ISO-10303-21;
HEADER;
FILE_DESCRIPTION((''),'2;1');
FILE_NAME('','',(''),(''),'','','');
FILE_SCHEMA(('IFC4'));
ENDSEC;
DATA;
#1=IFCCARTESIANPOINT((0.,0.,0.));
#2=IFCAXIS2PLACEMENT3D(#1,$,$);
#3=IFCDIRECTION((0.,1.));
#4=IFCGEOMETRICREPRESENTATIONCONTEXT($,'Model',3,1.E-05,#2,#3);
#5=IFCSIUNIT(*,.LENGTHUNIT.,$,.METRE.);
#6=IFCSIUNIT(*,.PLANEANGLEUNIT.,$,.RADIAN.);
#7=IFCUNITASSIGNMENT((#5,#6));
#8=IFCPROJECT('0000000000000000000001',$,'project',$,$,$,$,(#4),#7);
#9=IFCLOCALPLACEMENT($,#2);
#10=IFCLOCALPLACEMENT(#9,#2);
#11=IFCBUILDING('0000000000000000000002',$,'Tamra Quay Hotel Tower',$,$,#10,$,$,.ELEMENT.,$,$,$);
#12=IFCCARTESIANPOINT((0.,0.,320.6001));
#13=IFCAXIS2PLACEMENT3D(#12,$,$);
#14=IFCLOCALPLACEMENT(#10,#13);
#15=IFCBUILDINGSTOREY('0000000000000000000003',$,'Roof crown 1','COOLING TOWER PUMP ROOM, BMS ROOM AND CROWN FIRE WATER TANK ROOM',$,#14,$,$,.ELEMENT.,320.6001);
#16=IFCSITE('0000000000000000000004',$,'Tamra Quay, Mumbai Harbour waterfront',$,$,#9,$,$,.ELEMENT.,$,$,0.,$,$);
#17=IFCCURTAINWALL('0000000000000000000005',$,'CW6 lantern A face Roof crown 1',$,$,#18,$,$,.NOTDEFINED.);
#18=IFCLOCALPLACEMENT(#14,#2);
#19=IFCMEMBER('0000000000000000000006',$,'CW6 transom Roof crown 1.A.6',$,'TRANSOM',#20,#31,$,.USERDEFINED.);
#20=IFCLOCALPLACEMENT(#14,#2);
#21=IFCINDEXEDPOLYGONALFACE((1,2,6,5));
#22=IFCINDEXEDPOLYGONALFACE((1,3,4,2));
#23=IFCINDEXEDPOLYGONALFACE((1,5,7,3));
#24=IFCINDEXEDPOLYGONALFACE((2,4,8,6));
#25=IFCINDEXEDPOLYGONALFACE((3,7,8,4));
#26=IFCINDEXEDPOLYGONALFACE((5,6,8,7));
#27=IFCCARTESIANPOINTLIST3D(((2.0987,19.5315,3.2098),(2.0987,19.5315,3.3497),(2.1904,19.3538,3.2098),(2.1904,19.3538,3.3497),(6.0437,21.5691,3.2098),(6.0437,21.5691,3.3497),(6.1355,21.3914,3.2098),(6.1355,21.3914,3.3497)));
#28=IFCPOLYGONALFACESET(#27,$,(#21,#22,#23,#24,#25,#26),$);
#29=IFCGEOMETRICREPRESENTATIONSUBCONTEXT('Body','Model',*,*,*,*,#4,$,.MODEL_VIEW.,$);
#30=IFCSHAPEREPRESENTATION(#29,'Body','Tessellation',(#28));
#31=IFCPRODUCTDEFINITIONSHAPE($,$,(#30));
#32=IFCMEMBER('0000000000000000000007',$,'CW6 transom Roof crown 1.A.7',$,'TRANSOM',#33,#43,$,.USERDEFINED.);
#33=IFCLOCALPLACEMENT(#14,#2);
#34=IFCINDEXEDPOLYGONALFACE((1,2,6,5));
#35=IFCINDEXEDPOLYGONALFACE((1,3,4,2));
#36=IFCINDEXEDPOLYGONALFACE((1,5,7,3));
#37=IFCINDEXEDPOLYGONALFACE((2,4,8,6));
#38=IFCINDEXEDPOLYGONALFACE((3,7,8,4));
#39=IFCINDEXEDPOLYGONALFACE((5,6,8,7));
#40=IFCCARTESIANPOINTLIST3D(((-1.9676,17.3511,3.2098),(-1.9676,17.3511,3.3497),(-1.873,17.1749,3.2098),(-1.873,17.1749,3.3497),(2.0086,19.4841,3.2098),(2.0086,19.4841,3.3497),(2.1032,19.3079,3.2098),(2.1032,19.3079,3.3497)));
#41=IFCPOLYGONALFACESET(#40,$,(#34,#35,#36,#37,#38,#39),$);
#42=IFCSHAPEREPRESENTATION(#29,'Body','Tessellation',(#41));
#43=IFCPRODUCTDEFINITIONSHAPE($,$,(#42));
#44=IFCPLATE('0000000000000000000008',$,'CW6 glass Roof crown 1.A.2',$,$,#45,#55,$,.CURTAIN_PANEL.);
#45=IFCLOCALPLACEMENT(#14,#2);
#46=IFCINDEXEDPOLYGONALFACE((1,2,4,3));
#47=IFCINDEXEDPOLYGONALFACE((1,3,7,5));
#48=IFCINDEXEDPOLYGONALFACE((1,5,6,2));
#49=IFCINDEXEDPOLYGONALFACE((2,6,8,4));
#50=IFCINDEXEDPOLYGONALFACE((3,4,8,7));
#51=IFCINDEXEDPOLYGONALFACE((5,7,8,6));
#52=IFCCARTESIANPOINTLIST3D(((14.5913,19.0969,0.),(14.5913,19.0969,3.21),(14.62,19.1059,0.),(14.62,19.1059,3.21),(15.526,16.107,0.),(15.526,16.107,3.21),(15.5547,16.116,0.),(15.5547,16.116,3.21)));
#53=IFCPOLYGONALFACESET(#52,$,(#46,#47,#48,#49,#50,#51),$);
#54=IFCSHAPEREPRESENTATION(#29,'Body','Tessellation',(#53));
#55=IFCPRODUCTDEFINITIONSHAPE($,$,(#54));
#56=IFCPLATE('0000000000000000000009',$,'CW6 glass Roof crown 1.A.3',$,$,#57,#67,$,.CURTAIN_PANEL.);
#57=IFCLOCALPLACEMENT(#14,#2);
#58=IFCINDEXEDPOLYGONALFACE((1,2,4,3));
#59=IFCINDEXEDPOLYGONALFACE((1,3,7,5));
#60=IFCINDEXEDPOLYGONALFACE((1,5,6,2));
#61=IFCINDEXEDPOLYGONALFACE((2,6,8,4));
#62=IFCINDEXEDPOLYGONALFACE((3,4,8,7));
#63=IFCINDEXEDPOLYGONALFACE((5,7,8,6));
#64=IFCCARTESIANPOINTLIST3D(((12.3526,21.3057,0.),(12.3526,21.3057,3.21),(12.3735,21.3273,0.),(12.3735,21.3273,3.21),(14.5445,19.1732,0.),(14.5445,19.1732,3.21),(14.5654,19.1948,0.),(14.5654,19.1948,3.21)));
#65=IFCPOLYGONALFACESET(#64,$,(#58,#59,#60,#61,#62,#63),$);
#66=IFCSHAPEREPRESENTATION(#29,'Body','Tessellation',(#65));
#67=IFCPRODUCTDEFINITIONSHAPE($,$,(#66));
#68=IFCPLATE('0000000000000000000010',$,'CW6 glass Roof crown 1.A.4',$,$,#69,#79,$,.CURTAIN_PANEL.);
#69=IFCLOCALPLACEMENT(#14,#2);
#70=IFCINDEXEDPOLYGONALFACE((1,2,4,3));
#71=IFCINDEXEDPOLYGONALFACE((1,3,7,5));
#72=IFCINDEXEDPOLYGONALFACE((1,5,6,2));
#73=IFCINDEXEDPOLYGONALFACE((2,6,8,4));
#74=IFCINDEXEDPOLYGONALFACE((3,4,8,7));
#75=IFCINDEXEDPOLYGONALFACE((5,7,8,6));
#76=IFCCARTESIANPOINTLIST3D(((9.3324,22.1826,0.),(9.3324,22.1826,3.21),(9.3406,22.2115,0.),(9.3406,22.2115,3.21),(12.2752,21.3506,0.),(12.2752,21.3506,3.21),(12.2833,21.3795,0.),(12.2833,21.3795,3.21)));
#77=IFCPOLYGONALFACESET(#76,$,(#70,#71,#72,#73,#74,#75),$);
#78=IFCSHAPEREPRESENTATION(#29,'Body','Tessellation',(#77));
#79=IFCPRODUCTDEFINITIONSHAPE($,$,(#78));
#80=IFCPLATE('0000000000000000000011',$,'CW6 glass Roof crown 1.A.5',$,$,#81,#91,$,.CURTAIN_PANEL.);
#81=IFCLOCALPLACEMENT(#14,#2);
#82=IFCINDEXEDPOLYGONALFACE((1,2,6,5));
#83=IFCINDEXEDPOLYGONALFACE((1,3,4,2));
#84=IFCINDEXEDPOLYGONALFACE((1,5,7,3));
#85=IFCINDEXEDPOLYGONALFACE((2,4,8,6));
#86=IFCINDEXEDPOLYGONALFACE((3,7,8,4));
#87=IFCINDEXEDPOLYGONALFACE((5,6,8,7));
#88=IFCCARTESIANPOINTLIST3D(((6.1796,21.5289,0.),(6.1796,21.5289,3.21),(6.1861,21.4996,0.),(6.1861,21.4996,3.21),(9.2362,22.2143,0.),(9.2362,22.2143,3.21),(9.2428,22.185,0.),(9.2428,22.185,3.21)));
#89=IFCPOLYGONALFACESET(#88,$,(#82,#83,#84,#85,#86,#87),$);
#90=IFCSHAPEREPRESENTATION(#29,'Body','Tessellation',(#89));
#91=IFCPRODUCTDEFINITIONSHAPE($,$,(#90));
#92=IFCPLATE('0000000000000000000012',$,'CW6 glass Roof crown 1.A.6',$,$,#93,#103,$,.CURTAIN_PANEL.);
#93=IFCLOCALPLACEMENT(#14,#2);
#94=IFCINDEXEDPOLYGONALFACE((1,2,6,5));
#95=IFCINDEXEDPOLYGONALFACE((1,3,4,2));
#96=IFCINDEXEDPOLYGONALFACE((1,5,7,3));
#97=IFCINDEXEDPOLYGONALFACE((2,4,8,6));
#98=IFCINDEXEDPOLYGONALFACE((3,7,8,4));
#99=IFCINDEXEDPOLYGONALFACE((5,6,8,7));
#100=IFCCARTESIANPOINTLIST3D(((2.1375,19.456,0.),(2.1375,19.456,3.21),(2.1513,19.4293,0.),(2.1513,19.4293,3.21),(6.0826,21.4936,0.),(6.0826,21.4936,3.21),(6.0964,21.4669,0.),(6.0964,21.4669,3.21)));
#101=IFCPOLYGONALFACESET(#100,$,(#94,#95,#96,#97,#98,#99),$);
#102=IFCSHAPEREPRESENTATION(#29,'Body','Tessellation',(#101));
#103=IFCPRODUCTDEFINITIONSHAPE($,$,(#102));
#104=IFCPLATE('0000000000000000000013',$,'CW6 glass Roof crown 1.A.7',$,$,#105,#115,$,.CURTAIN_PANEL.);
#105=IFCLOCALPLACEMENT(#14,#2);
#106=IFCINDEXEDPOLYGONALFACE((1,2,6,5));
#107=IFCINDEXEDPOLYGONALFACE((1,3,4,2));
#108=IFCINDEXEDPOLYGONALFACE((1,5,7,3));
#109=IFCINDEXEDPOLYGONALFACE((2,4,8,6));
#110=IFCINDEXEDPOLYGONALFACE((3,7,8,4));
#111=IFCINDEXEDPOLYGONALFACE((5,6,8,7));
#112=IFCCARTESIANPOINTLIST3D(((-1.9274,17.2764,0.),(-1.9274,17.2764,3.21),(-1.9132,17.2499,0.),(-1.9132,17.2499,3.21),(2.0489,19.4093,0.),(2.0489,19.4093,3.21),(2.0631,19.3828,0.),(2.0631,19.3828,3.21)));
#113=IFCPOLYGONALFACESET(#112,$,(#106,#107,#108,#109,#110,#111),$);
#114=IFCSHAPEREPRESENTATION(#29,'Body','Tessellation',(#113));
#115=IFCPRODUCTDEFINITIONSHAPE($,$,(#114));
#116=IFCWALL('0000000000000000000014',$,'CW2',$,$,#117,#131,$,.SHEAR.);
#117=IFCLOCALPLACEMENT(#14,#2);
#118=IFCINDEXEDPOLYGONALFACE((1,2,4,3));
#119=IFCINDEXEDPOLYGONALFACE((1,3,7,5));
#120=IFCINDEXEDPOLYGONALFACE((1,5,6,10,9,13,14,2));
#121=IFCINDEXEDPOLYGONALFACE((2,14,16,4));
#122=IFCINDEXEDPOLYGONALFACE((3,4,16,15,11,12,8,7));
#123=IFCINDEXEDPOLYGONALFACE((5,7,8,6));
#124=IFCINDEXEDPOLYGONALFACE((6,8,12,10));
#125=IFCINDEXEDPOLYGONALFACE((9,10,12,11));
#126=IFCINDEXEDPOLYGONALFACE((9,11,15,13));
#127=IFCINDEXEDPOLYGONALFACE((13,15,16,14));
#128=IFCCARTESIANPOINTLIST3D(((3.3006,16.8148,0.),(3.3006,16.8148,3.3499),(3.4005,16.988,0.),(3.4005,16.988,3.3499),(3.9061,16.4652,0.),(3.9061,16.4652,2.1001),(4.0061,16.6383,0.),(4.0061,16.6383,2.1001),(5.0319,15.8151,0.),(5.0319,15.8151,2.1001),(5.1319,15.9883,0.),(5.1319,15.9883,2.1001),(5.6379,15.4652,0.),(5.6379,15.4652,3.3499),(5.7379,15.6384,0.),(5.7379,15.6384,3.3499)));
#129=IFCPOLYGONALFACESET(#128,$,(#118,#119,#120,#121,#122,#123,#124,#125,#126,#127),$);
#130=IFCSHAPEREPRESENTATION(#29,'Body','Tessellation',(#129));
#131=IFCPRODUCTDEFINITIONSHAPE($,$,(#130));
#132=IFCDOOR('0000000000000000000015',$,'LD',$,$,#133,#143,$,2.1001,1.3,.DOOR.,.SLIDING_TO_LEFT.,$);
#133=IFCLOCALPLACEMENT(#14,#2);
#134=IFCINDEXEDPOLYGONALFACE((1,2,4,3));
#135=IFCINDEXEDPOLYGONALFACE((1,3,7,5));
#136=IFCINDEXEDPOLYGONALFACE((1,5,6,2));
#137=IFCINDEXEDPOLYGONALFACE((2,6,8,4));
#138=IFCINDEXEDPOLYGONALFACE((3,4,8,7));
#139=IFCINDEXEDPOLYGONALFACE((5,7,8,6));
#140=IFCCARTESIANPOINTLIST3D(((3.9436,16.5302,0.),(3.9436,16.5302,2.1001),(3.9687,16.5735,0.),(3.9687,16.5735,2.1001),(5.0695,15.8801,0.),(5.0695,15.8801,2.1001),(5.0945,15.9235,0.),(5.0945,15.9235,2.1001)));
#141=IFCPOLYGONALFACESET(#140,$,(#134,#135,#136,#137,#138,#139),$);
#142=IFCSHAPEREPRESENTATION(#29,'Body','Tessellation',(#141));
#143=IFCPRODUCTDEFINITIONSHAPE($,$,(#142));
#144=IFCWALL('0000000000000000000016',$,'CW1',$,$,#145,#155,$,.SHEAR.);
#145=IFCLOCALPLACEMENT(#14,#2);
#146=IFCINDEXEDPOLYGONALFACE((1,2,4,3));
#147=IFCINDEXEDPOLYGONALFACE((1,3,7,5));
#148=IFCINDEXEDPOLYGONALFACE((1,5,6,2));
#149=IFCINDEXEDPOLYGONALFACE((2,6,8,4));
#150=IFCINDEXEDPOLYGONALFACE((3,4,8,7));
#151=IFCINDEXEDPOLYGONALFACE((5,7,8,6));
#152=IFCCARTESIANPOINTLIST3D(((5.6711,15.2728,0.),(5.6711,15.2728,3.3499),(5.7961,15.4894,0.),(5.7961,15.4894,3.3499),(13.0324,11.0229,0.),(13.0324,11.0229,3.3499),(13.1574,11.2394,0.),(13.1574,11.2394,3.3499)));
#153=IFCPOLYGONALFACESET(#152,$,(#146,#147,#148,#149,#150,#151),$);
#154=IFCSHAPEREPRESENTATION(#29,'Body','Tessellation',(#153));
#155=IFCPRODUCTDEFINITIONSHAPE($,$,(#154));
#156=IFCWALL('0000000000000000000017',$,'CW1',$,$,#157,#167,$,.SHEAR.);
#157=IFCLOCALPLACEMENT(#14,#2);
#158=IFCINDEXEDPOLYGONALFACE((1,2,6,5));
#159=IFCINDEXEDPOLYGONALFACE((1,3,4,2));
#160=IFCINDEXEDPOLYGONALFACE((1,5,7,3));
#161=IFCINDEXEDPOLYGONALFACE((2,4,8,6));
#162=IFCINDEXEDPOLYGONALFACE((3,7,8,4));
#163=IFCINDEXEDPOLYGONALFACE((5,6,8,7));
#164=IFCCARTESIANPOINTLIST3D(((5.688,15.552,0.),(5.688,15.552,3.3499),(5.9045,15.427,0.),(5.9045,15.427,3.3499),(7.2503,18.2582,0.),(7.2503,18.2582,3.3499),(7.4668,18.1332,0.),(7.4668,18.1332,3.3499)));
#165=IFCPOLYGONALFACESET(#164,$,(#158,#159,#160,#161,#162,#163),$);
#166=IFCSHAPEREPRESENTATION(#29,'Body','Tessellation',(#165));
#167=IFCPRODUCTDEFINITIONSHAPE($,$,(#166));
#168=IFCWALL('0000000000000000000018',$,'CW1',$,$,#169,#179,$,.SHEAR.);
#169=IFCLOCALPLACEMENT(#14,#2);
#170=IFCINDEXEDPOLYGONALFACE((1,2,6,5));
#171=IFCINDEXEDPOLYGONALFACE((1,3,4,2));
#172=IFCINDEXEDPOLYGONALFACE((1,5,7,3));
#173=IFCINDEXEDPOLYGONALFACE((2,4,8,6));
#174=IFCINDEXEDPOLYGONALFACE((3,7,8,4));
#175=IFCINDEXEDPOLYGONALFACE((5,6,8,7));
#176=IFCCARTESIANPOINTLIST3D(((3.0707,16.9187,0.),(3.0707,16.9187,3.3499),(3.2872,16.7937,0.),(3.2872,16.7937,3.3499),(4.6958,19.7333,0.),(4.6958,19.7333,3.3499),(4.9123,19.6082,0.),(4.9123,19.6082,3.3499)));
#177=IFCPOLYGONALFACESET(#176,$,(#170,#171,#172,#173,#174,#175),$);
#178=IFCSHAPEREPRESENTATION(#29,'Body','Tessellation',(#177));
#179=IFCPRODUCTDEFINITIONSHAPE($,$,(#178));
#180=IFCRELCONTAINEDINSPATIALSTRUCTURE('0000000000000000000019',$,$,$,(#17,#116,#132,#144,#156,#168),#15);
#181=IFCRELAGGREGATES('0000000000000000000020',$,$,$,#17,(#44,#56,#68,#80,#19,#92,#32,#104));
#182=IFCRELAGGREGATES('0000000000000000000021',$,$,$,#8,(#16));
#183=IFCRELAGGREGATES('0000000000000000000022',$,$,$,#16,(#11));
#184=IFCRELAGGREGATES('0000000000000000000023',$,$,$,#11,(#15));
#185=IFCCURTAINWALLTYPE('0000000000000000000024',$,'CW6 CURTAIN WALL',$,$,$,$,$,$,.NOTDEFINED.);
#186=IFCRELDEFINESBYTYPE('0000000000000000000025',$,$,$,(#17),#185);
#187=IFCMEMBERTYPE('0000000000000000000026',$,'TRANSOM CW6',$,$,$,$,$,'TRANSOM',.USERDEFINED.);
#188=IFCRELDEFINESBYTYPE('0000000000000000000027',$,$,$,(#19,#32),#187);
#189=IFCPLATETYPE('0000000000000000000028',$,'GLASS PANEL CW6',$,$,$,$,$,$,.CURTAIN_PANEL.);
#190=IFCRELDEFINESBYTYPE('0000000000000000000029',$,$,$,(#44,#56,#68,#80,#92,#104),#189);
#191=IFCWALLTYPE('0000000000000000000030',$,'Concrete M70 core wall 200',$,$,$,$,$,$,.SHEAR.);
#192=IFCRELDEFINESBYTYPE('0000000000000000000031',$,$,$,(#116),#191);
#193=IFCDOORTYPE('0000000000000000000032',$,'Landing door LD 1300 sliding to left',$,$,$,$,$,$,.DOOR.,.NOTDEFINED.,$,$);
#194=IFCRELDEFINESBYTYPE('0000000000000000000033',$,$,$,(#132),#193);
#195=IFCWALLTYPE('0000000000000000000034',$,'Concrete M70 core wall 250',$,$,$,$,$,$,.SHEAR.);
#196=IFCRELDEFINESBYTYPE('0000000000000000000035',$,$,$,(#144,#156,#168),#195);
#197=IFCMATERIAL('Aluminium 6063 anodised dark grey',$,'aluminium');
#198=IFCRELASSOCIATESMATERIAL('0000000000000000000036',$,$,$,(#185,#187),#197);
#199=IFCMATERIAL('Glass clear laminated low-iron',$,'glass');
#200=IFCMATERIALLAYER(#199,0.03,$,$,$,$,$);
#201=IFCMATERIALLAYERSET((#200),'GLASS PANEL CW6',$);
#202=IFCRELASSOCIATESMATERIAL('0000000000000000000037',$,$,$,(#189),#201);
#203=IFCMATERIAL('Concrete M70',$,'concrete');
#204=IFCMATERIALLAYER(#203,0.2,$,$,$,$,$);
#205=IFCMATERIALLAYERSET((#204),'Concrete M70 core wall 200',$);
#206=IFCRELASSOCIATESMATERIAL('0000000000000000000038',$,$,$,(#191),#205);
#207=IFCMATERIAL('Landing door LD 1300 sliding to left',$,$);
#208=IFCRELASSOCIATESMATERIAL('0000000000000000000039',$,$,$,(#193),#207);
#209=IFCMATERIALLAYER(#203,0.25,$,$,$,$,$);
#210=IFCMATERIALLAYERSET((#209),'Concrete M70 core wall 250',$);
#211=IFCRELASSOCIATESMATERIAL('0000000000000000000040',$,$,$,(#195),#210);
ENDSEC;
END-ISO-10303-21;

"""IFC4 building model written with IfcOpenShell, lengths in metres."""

from ifc_helpers import new_model, si_unit, direction, frame, frame_2d, origin, origin_2d, place, context, subcontext, project, spatial, rectangle, extrude, material, layer, layer_set, material_profile, profile_set, type_object, element, fill, aggregate, save


model = new_model("IFC4")

# Units and contexts
model_context = context("Model", 3, precision=1e-05, world=origin(), true_north=direction((0.0, 1.0)))
body_context = subcontext(model_context, "Body", "Model", "MODEL_VIEW")
ifc_project = project(units=[si_unit("LENGTHUNIT", "METRE"), si_unit("PLANEANGLEUNIT", "RADIAN")], contexts=[model_context])

# Site, building, storey
site_placement = place(None, origin())
site = spatial("IfcSite", under=ifc_project, at=site_placement, Name="Tamra Quay, Mumbai Harbour waterfront", CompositionType="ELEMENT", RefElevation=0.0)
building_placement = place(site_placement, origin())
building = spatial("IfcBuilding", under=site, at=building_placement, Name="Tamra Quay Hotel Tower", CompositionType="ELEMENT")
storey_placement = place(building_placement, frame((0.0, 0.0, 320.6001)))
storey = spatial("IfcBuildingStorey", under=building, at=storey_placement, Name="Roof crown 1", Description="COOLING TOWER PUMP ROOM, BMS ROOM AND CROWN FIRE WATER TANK ROOM", CompositionType="ELEMENT", Elevation=320.6001)

# Curtain wall, members, plates
ifc_material_1 = material(Name="Aluminium 6063 anodised dark grey", Category="aluminium")
curtain_wall_type = type_object("IfcCurtainWallType", Name="CW6 CURTAIN WALL", PredefinedType="NOTDEFINED", material=ifc_material_1)
curtain_wall_placement = place(storey_placement, origin())
curtain_wall = element("IfcCurtainWall", 1, at=curtain_wall_placement, inside=storey, type_object=curtain_wall_type, Name="CW6 lantern A face Roof crown 1", PredefinedType="NOTDEFINED")
ifc_material_profile_1 = material_profile(ifc_material_1, rectangle(XDim=0.2, YDim=0.1399, at=origin_2d()), Name="TRANSOM 200X140")
ifc_profile_set_1 = profile_set([ifc_material_profile_1], Name="Aluminium 6063 anodised dark grey")
member_type_1 = type_object("IfcMemberType", Name="TRANSOM CW6", ElementType="TRANSOM", PredefinedType="USERDEFINED", material=ifc_profile_set_1)
member_1_placement = place(storey_placement, frame((6.0896, 21.4802, 3.2798), z_axis=(-0.888489, -0.458898, 0.0), x_axis=(0.458898, -0.888489, 0.0)))
member_1 = element("IfcMember", 2, at=member_1_placement, type_object=member_type_1, Name="CW6 transom Roof crown 1.A.6", ObjectType="TRANSOM", PredefinedType="USERDEFINED", context=body_context, shape_type="SweptSolid", body=[
    extrude(rectangle(XDim=0.2, YDim=0.1399, at=origin_2d()), origin(), (0.0, 0.0, 1.0), 4.4402),
])
member_2_placement = place(storey_placement, frame((2.0559, 19.396, 3.2798), z_axis=(-0.881214, -0.472718, 0.0), x_axis=(0.472718, -0.881214, 0.0)))
member_2 = element("IfcMember", 3, at=member_2_placement, type_object=member_type_1, Name="CW6 transom Roof crown 1.A.7", ObjectType="TRANSOM", PredefinedType="USERDEFINED", context=body_context, shape_type="SweptSolid", body=[
    extrude(rectangle(XDim=0.2, YDim=0.1399, at=origin_2d()), origin(), (0.0, 0.0, 1.0), 4.5122),
])
ifc_material_2 = material(Name="Glass clear laminated low-iron", Category="glass")
ifc_layer_1 = layer(ifc_material_2, 0.03)
ifc_layer_set_1 = layer_set([ifc_layer_1], Name="GLASS PANEL CW6")
plate_type = type_object("IfcPlateType", Name="GLASS PANEL CW6", PredefinedType="CURTAIN_PANEL", material=ifc_layer_set_1)
plate_1_placement = place(storey_placement, frame((15.073, 17.6064, 0.0), z_axis=(0.0, 0.0, 1.0), x_axis=(-0.298392, 0.954443, 0.0)))
plate_1 = element("IfcPlate", 4, at=plate_1_placement, type_object=plate_type, Name="CW6 glass Roof crown 1.A.2", PredefinedType="CURTAIN_PANEL", context=body_context, shape_type="SweptSolid", body=[
    extrude(rectangle(XDim=3.1326, YDim=0.03, at=origin_2d()), origin(), (0.0, 0.0, 1.0), 3.21),
])
plate_2_placement = place(storey_placement, frame((13.459, 20.2502, 0.0), z_axis=(0.0, 0.0, 1.0), x_axis=(-0.716753, 0.697327, 0.0)))
plate_2 = element("IfcPlate", 5, at=plate_2_placement, type_object=plate_type, Name="CW6 glass Roof crown 1.A.3", PredefinedType="CURTAIN_PANEL", context=body_context, shape_type="SweptSolid", body=[
    extrude(rectangle(XDim=3.0581, YDim=0.03, at=origin_2d()), origin(), (0.0, 0.0, 1.0), 3.21),
])
plate_3_placement = place(storey_placement, frame((10.8079, 21.781, 0.0), z_axis=(0.0, 0.0, 1.0), x_axis=(-0.96228, 0.272062, 0.0)))
plate_3 = element("IfcPlate", 6, at=plate_3_placement, type_object=plate_type, Name="CW6 glass Roof crown 1.A.4", PredefinedType="CURTAIN_PANEL", context=body_context, shape_type="SweptSolid", body=[
    extrude(rectangle(XDim=3.0581, YDim=0.03, at=origin_2d()), origin(), (0.0, 0.0, 1.0), 3.21),
])
plate_4_placement = place(storey_placement, frame((7.7112, 21.8569, 0.0), z_axis=(0.0, 0.0, 1.0), x_axis=(-0.975768, -0.218806, 0.0)))
plate_4 = element("IfcPlate", 7, at=plate_4_placement, type_object=plate_type, Name="CW6 glass Roof crown 1.A.5", PredefinedType="CURTAIN_PANEL", context=body_context, shape_type="SweptSolid", body=[
    extrude(rectangle(XDim=3.1326, YDim=0.03, at=origin_2d()), origin(), (0.0, 0.0, 1.0), 3.21),
])
plate_5_placement = place(storey_placement, frame((4.1169, 20.4614, 0.0), z_axis=(0.0, 0.0, 1.0), x_axis=(-0.888486, -0.458903, 0.0)))
plate_5 = element("IfcPlate", 8, at=plate_5_placement, type_object=plate_type, Name="CW6 glass Roof crown 1.A.6", PredefinedType="CURTAIN_PANEL", context=body_context, shape_type="SweptSolid", body=[
    extrude(rectangle(XDim=4.4402, YDim=0.03, at=origin_2d()), origin(), (0.0, 0.0, 1.0), 3.21),
])
plate_6_placement = place(storey_placement, frame((0.0679, 18.3296, 0.0), z_axis=(0.0, 0.0, 1.0), x_axis=(-0.881224, -0.4727, 0.0)))
plate_6 = element("IfcPlate", 9, at=plate_6_placement, type_object=plate_type, Name="CW6 glass Roof crown 1.A.7", PredefinedType="CURTAIN_PANEL", context=body_context, shape_type="SweptSolid", body=[
    extrude(rectangle(XDim=4.5122, YDim=0.03, at=origin_2d()), origin(), (0.0, 0.0, 1.0), 3.21),
])
aggregate(curtain_wall, [plate_1, plate_2, plate_3, plate_4, member_1, plate_5, member_2, plate_6])

# Wall, opening, door
ifc_material_3 = material(Name="Concrete M70", Category="concrete")
ifc_layer_2 = layer(ifc_material_3, 0.2)
ifc_layer_set_2 = layer_set([ifc_layer_2], Name="Concrete M70 core wall 200")
wall_type_1 = type_object("IfcWallType", Name="Concrete M70 core wall 200", PredefinedType="SHEAR", material=ifc_layer_set_2)
wall_1_placement = place(storey_placement, frame((5.688, 15.5518, 0.0), z_axis=(0.0, 0.0, 1.0), x_axis=(-0.866008, 0.50003, 0.0)))
wall_1 = element("IfcWall", 10, at=wall_1_placement, inside=storey, type_object=wall_type_1, Name="CW2", PredefinedType="SHEAR", context=body_context, shape_type="SweptSolid", body=[
    extrude(rectangle(XDim=2.699, YDim=0.2, at=frame_2d((1.3496, 0.0))), origin(), (0.0, 0.0, 1.0), 3.3499),
])
opening_placement = place(wall_1_placement, frame((0.7, 0.0, 0.0)))
opening = element("IfcOpeningElement", 11, at=opening_placement, cuts=wall_1, PredefinedType="OPENING", context=body_context, shape_type="SweptSolid", body=[
    extrude(rectangle(XDim=1.3, YDim=2.1001, at=frame_2d((0.6499, 1.05))), frame((0.0, 0.1099, 0.0), z_axis=(0.0, -1.0, 0.0), x_axis=(1.0, 0.0, 0.0)), (0.0, 0.0, 1.0), 0.22),
])
ifc_material_4 = material(Name="Landing door LD 1300 sliding to left")
door_type = type_object("IfcDoorType", Name="Landing door LD 1300 sliding to left", OperationType="NOTDEFINED", PredefinedType="DOOR", material=ifc_material_4)
door_placement = place(opening_placement, origin())
door = element("IfcDoor", 12, at=door_placement, inside=storey, type_object=door_type, Name="LD", OperationType="SLIDING_TO_LEFT", OverallHeight=2.1001, OverallWidth=1.3, PredefinedType="DOOR", context=body_context, shape_type="SweptSolid", body=[
    extrude(rectangle(XDim=1.3, YDim=2.1001, at=frame_2d((0.6499, 1.05))), frame((0.0, 0.0249, 0.0), z_axis=(0.0, -1.0, 0.0), x_axis=(1.0, 0.0, 0.0)), (0.0, 0.0, 1.0), 0.05),
])
fill(opening, door)

# Walls
ifc_layer_3 = layer(ifc_material_3, 0.25)
ifc_layer_set_3 = layer_set([ifc_layer_3], Name="Concrete M70 core wall 250")
wall_type_2 = type_object("IfcWallType", Name="Concrete M70 core wall 250", PredefinedType="SHEAR", material=ifc_layer_set_3)
wall_2_placement = place(storey_placement, frame((5.7336, 15.3811, 0.0), z_axis=(0.0, 0.0, 1.0), x_axis=(0.866029, -0.499994, 0.0)))
element("IfcWall", 13, at=wall_2_placement, inside=storey, type_object=wall_type_2, Name="CW1", PredefinedType="SHEAR", context=body_context, shape_type="SweptSolid", body=[
    extrude(rectangle(XDim=8.5, YDim=0.25, at=frame_2d((4.25, 0.0))), origin(), (0.0, 0.0, 1.0), 3.3499),
])
wall_3_placement = place(storey_placement, frame((7.3586, 18.1958, 0.0), z_axis=(0.0, 0.0, 1.0), x_axis=(-0.499979, -0.866037, 0.0)))
element("IfcWall", 14, at=wall_3_placement, inside=storey, type_object=wall_type_2, Name="CW1", PredefinedType="SHEAR", context=body_context, shape_type="SweptSolid", body=[
    extrude(rectangle(XDim=3.1248, YDim=0.25, at=frame_2d((1.5625, 0.0))), origin(), (0.0, 0.0, 1.0), 3.3499),
])
wall_4_placement = place(storey_placement, frame((3.179, 16.8562, 0.0), z_axis=(0.0, 0.0, 1.0), x_axis=(0.500017, 0.866015, 0.0)))
element("IfcWall", 15, at=wall_4_placement, inside=storey, type_object=wall_type_2, Name="CW1", PredefinedType="SHEAR", context=body_context, shape_type="SweptSolid", body=[
    extrude(rectangle(XDim=3.25, YDim=0.25, at=frame_2d((1.625, 0.0))), origin(), (0.0, 0.0, 1.0), 3.3499),
])

save(model, "model.ifc")
